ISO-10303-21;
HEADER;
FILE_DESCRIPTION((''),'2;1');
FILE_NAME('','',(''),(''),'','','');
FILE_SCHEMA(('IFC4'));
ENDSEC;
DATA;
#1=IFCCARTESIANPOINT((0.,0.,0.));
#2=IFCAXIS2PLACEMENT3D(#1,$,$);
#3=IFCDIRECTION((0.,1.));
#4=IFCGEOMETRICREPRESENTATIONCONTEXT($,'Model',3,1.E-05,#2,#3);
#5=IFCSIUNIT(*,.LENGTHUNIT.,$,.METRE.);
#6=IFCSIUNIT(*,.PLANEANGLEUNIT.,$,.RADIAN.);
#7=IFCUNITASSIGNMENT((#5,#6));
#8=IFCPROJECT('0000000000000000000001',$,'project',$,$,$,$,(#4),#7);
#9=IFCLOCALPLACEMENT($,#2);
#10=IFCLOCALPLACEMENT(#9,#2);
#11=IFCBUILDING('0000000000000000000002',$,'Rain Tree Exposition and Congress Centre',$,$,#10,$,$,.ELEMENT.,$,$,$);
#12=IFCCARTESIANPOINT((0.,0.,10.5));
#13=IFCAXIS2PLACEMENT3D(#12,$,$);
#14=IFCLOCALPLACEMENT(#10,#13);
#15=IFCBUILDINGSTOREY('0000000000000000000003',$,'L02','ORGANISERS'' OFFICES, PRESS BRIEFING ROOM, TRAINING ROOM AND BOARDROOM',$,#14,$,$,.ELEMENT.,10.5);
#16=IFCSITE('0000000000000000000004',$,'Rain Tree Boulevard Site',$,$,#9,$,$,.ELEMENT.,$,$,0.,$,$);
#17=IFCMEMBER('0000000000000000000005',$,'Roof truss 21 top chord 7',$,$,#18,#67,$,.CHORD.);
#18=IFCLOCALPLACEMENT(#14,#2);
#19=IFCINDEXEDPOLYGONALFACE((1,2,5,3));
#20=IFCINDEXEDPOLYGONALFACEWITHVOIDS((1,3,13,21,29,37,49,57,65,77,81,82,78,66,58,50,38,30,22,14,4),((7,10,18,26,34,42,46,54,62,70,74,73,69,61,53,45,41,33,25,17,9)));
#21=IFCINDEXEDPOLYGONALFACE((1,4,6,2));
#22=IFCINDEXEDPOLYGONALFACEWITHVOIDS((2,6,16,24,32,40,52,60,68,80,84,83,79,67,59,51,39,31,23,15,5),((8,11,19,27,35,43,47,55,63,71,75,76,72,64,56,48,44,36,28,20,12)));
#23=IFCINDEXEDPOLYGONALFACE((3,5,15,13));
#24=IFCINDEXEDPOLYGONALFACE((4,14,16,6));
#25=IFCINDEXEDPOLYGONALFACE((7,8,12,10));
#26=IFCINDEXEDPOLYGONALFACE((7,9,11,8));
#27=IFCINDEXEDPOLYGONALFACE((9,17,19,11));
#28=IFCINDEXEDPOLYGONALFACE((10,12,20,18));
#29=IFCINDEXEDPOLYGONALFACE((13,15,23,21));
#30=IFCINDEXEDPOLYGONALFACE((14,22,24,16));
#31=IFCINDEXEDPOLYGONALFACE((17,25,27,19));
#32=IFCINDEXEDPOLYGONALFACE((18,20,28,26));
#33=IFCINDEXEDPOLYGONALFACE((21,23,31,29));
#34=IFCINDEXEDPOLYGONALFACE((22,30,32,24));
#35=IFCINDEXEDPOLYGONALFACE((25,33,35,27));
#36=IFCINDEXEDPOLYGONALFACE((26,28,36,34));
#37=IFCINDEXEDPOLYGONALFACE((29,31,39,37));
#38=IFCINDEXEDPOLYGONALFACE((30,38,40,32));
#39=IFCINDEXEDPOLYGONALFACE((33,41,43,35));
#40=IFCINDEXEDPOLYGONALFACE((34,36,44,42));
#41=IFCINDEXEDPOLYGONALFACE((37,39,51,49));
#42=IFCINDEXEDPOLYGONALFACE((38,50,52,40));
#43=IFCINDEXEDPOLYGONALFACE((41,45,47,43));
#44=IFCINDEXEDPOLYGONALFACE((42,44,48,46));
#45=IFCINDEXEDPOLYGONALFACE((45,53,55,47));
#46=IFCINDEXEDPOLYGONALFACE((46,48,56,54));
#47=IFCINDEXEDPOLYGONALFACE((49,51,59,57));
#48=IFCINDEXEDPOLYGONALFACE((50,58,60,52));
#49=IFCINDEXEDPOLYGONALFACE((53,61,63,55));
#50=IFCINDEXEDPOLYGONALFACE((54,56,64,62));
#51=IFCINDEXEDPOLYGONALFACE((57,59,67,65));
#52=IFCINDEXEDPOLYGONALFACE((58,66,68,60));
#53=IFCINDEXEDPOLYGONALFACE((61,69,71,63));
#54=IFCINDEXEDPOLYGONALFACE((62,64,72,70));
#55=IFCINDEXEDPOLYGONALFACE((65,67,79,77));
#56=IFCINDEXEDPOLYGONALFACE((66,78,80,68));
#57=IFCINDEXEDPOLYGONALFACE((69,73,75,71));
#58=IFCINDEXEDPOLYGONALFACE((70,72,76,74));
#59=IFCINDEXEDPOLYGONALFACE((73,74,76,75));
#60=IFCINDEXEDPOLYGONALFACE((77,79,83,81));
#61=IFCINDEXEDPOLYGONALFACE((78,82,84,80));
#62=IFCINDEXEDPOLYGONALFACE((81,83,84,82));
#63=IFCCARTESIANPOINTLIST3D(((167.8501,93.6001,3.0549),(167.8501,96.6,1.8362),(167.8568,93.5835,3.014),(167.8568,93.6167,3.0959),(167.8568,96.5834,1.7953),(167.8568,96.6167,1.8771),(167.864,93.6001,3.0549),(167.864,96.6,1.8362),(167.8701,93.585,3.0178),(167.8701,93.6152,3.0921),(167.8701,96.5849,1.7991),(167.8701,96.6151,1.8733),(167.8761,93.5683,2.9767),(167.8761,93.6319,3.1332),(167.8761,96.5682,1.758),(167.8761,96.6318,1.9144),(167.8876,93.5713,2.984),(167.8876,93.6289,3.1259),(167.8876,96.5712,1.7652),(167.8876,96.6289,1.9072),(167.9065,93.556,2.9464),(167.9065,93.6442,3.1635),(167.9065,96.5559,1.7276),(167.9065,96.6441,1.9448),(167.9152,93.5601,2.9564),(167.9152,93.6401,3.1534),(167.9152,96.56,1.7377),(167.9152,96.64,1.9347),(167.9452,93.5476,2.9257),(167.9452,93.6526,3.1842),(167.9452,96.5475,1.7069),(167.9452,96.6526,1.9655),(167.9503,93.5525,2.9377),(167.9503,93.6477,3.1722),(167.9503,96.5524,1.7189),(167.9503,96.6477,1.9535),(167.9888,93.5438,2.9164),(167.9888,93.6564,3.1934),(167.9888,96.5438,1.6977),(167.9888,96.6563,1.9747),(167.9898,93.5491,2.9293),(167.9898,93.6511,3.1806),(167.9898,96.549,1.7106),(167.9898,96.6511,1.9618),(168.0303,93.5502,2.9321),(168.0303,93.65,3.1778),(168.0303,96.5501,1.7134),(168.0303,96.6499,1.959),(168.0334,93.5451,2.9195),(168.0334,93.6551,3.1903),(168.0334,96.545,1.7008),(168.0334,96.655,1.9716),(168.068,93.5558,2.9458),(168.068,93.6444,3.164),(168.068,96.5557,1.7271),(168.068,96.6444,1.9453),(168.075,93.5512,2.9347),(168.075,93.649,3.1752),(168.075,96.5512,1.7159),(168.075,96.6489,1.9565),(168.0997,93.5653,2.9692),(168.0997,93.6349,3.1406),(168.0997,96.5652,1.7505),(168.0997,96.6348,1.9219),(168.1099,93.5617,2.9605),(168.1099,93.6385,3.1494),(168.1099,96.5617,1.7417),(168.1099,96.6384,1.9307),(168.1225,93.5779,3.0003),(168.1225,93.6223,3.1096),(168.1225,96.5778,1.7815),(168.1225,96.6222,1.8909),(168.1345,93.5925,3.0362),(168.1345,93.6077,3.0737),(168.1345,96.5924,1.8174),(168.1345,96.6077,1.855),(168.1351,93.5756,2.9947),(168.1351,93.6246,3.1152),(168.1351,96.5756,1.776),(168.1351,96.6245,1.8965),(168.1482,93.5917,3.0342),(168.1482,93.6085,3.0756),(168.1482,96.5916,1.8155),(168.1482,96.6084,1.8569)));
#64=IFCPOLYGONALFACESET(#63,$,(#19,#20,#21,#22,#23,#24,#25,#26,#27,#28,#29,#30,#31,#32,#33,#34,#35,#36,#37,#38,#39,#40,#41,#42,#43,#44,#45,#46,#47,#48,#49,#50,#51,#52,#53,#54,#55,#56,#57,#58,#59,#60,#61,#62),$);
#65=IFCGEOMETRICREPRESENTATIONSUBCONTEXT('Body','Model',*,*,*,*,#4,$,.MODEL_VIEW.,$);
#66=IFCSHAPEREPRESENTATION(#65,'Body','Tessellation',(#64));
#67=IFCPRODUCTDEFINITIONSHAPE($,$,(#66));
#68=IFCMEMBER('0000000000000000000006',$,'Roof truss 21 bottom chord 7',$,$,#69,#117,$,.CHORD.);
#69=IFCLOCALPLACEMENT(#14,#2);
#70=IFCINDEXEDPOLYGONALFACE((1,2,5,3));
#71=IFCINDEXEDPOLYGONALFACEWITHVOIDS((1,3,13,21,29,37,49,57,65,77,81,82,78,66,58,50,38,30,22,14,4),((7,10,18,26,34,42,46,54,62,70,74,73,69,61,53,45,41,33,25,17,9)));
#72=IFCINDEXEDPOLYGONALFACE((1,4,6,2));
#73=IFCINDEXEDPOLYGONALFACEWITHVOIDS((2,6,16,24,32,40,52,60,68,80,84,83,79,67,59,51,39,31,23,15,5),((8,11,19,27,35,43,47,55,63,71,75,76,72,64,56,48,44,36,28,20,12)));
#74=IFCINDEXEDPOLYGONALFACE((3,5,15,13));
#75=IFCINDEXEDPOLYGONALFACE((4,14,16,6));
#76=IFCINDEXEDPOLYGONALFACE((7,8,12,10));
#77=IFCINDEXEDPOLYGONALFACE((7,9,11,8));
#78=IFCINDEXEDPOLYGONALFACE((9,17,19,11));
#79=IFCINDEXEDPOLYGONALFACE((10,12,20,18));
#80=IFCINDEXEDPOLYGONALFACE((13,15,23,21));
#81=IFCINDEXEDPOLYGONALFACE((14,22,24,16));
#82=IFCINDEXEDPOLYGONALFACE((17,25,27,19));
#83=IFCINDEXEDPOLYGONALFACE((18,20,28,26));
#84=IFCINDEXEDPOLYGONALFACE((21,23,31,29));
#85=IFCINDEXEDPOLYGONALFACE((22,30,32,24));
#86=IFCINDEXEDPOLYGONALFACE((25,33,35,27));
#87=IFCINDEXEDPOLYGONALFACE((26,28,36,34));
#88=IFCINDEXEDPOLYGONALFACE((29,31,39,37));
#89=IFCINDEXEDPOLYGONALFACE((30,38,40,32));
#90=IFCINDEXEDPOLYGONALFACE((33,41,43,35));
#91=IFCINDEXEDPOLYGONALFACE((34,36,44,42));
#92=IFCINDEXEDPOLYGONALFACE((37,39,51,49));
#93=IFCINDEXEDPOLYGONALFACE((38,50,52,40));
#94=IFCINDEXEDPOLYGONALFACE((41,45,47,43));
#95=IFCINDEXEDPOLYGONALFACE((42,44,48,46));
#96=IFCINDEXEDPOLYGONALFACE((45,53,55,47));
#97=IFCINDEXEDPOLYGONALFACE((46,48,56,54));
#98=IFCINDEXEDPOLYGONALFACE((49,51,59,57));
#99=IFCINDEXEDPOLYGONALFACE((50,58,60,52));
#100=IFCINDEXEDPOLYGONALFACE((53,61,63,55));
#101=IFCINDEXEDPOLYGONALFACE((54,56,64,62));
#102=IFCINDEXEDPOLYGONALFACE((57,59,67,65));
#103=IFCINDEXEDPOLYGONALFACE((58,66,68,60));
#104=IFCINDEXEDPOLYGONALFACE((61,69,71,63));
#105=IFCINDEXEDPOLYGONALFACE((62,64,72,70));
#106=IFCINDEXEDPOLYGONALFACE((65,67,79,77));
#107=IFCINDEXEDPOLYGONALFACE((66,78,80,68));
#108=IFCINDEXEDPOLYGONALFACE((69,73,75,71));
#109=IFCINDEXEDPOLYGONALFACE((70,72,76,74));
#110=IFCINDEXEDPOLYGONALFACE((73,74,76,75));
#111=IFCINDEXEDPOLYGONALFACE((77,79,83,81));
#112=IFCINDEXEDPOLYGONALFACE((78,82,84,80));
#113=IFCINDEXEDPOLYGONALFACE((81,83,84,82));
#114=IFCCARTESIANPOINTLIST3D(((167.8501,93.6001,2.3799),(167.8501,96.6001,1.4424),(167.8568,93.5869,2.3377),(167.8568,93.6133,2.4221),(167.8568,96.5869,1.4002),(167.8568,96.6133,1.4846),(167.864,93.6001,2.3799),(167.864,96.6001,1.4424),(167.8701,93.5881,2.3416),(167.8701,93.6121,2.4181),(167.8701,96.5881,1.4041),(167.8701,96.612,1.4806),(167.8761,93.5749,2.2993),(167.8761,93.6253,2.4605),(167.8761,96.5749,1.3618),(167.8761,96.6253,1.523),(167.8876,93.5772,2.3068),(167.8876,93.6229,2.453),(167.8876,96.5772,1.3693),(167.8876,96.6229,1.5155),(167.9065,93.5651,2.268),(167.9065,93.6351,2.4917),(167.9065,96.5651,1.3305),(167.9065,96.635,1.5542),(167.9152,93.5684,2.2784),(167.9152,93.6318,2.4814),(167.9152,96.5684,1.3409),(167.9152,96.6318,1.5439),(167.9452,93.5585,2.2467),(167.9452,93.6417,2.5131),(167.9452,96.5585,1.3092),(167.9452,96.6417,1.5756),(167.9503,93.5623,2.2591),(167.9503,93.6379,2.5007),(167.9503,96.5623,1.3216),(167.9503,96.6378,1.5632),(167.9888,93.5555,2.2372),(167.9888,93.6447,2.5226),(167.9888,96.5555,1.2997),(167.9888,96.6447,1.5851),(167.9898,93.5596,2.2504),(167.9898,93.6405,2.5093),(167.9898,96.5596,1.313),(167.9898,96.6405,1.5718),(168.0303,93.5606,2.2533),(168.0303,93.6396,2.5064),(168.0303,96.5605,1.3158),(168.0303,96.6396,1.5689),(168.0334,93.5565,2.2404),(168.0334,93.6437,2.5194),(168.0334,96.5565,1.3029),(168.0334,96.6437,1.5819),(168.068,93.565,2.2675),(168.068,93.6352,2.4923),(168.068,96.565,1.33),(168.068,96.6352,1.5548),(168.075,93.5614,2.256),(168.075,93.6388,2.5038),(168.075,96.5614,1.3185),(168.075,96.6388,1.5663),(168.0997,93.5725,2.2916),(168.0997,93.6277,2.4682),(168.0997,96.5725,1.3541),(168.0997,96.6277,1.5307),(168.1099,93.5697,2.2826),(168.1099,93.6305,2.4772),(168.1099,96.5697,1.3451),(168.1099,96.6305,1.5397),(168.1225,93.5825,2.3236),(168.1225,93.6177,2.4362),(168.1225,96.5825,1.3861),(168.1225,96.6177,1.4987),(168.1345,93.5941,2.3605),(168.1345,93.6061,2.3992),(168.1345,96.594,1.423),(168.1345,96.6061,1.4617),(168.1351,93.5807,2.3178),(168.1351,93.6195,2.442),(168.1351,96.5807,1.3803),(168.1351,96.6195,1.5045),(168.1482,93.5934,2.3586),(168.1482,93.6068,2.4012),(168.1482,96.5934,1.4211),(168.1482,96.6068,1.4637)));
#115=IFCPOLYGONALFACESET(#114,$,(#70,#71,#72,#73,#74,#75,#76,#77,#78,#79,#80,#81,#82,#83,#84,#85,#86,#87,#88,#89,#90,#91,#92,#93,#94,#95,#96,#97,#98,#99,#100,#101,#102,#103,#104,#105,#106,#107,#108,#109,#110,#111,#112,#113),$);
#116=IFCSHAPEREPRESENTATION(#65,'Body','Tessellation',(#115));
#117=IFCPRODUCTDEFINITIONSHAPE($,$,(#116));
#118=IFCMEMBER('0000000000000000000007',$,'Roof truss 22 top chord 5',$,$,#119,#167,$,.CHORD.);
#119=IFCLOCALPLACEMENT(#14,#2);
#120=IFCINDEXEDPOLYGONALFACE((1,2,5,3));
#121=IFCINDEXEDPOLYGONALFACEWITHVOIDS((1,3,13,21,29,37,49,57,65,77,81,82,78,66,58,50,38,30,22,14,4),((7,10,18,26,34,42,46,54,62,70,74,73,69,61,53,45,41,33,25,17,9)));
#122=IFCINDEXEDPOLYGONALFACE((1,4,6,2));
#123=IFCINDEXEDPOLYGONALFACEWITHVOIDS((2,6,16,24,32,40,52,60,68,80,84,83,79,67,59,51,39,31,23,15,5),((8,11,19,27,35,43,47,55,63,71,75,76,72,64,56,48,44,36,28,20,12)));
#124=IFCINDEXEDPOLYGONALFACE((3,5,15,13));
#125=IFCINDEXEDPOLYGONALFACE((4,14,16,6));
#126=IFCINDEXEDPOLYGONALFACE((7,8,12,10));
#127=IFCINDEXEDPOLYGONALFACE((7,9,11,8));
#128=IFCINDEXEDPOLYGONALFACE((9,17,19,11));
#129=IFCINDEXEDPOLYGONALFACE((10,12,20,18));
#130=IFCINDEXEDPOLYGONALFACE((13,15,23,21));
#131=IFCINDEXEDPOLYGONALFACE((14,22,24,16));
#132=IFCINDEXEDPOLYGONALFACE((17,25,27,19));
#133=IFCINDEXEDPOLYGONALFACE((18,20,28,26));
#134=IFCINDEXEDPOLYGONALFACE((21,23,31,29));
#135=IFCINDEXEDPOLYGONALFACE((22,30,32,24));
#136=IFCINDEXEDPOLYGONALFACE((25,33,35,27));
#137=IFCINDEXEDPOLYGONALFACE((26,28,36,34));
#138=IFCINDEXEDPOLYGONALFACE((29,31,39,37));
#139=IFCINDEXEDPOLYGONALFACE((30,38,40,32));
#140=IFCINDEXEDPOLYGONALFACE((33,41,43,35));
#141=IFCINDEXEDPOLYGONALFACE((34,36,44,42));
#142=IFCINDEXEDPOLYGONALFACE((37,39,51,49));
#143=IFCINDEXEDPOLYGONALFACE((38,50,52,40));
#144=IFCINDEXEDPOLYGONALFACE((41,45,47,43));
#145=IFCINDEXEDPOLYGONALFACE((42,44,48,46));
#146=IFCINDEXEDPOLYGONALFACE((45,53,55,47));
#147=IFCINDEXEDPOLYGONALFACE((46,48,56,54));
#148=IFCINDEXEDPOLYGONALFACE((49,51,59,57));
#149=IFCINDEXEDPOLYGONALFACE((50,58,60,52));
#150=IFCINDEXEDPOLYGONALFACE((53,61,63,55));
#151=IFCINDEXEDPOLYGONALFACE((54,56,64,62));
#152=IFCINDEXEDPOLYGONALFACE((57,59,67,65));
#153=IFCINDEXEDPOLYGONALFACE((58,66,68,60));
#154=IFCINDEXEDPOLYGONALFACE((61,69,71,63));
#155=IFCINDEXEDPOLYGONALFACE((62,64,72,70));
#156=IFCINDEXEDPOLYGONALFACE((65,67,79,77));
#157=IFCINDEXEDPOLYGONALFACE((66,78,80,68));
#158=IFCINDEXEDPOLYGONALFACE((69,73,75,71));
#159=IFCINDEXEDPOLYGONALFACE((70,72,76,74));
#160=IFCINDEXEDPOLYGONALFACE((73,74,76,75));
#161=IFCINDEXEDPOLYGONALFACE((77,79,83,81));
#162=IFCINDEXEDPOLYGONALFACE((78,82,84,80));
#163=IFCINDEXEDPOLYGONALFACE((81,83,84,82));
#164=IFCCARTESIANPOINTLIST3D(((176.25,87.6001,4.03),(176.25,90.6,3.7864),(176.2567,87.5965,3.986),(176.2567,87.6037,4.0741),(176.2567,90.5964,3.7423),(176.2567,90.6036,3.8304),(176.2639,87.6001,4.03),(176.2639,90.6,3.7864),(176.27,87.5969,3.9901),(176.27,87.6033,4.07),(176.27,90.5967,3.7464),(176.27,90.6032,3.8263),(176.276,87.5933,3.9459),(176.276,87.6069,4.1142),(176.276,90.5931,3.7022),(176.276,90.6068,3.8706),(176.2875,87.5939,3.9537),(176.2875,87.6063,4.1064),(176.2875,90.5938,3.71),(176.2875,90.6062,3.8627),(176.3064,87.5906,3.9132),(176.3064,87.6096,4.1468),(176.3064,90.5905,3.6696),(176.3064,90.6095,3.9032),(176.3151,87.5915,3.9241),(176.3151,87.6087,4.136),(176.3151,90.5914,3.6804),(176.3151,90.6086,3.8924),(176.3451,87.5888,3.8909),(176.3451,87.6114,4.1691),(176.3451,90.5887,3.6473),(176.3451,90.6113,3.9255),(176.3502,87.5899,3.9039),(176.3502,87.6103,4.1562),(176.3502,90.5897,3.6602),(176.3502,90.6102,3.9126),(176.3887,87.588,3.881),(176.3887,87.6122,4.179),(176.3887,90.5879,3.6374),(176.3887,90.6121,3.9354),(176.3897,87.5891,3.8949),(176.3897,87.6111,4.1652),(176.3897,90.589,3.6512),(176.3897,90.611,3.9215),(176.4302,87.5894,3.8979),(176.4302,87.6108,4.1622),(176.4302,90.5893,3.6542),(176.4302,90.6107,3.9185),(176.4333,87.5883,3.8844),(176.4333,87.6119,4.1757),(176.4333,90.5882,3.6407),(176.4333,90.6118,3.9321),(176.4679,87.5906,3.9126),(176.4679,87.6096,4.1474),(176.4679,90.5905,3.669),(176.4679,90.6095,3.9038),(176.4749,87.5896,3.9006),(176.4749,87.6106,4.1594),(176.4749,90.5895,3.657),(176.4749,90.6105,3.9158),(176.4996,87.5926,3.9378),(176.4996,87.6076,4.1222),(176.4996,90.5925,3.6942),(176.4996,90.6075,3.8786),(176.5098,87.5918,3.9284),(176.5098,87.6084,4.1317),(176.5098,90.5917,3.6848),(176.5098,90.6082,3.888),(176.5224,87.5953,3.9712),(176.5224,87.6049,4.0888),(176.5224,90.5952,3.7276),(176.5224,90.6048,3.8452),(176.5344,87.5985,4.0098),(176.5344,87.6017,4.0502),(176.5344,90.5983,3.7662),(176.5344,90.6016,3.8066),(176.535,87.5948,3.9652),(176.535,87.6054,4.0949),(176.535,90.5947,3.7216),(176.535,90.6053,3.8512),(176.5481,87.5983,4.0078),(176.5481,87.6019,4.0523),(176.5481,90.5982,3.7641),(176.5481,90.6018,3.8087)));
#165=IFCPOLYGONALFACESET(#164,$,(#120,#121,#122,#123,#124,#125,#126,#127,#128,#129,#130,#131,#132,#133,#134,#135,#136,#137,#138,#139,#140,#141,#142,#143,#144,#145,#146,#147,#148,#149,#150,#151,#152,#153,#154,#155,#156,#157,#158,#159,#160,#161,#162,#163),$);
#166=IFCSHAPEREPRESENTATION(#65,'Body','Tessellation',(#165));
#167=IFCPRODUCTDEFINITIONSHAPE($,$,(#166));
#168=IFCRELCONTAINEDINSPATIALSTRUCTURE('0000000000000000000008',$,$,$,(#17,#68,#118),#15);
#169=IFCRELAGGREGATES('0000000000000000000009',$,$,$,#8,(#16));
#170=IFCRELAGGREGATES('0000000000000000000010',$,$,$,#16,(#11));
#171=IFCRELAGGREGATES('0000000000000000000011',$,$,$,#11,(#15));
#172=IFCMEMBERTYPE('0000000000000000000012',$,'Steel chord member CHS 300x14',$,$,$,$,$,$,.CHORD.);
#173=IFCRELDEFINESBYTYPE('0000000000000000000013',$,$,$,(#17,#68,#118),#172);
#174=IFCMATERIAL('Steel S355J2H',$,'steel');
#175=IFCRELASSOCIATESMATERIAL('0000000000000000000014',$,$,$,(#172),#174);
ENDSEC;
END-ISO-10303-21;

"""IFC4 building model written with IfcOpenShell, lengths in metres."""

from ifc_helpers import new_model, si_unit, direction, frame, origin, origin_2d, place, context, subcontext, project, spatial, hollow_circle, extrude, material, material_profile, profile_set, type_object, element, save


model = new_model("IFC4")

# Units and contexts
model_context = context("Model", 3, precision=1e-05, world=origin(), true_north=direction((0.0, 1.0)))
body_context = subcontext(model_context, "Body", "Model", "MODEL_VIEW")
ifc_project = project(units=[si_unit("LENGTHUNIT", "METRE"), si_unit("PLANEANGLEUNIT", "RADIAN")], contexts=[model_context])

# Site, building, storey
site_placement = place(None, origin())
site = spatial("IfcSite", under=ifc_project, at=site_placement, Name="Rain Tree Boulevard Site", CompositionType="ELEMENT", RefElevation=0.0)
building_placement = place(site_placement, origin())
building = spatial("IfcBuilding", under=site, at=building_placement, Name="Rain Tree Exposition and Congress Centre", CompositionType="ELEMENT")
storey_placement = place(building_placement, frame((0.0, 0.0, 10.5)))
storey = spatial("IfcBuildingStorey", under=building, at=storey_placement, Name="L02", Description="ORGANISERS' OFFICES, PRESS BRIEFING ROOM, TRAINING ROOM AND BOARDROOM", CompositionType="ELEMENT", Elevation=10.5)

# Members
ifc_material_1 = material(Name="Steel S355J2H", Category="steel")
ifc_material_profile_1 = material_profile(ifc_material_1, hollow_circle(Radius=0.1499, WallThickness=0.0139, at=origin_2d()), Name="CHS 300x14")
ifc_profile_set_1 = profile_set([ifc_material_profile_1], Name="Steel S355J2H")
member_type_1 = type_object("IfcMemberType", Name="Steel chord member CHS 300x14", PredefinedType="CHORD", material=ifc_profile_set_1)
member_1_placement = place(storey_placement, frame((168.0, 93.6001, 3.0549), z_axis=(0.0, 0.926467, -0.376377), x_axis=(-1.0, 0.0, 0.0)))
element("IfcMember", 1, at=member_1_placement, inside=storey, type_object=member_type_1, Name="Roof truss 21 top chord 7", PredefinedType="CHORD", context=body_context, shape_type="SweptSolid", body=[
    extrude(hollow_circle(Radius=0.1499, WallThickness=0.0139, at=origin_2d()), origin(), (0.0, 0.0, 1.0), 3.238),
])
member_2_placement = place(storey_placement, frame((168.0, 93.6001, 2.3799), z_axis=(0.0, 0.95448, -0.298275), x_axis=(-1.0, 0.0, 0.0)))
element("IfcMember", 2, at=member_2_placement, inside=storey, type_object=member_type_1, Name="Roof truss 21 bottom chord 7", PredefinedType="CHORD", context=body_context, shape_type="SweptSolid", body=[
    extrude(hollow_circle(Radius=0.1499, WallThickness=0.0139, at=origin_2d()), origin(), (0.0, 0.0, 1.0), 3.1431),
])
member_3_placement = place(storey_placement, frame((176.3999, 87.6001, 4.03), z_axis=(0.0, 0.996718, -0.080951), x_axis=(-1.0, 0.0, 0.0)))
element("IfcMember", 3, at=member_3_placement, inside=storey, type_object=member_type_1, Name="Roof truss 22 top chord 5", PredefinedType="CHORD", context=body_context, shape_type="SweptSolid", body=[
    extrude(hollow_circle(Radius=0.1499, WallThickness=0.0139, at=origin_2d()), origin(), (0.0, 0.0, 1.0), 3.0098),
])

save(model, "model.ifc")
